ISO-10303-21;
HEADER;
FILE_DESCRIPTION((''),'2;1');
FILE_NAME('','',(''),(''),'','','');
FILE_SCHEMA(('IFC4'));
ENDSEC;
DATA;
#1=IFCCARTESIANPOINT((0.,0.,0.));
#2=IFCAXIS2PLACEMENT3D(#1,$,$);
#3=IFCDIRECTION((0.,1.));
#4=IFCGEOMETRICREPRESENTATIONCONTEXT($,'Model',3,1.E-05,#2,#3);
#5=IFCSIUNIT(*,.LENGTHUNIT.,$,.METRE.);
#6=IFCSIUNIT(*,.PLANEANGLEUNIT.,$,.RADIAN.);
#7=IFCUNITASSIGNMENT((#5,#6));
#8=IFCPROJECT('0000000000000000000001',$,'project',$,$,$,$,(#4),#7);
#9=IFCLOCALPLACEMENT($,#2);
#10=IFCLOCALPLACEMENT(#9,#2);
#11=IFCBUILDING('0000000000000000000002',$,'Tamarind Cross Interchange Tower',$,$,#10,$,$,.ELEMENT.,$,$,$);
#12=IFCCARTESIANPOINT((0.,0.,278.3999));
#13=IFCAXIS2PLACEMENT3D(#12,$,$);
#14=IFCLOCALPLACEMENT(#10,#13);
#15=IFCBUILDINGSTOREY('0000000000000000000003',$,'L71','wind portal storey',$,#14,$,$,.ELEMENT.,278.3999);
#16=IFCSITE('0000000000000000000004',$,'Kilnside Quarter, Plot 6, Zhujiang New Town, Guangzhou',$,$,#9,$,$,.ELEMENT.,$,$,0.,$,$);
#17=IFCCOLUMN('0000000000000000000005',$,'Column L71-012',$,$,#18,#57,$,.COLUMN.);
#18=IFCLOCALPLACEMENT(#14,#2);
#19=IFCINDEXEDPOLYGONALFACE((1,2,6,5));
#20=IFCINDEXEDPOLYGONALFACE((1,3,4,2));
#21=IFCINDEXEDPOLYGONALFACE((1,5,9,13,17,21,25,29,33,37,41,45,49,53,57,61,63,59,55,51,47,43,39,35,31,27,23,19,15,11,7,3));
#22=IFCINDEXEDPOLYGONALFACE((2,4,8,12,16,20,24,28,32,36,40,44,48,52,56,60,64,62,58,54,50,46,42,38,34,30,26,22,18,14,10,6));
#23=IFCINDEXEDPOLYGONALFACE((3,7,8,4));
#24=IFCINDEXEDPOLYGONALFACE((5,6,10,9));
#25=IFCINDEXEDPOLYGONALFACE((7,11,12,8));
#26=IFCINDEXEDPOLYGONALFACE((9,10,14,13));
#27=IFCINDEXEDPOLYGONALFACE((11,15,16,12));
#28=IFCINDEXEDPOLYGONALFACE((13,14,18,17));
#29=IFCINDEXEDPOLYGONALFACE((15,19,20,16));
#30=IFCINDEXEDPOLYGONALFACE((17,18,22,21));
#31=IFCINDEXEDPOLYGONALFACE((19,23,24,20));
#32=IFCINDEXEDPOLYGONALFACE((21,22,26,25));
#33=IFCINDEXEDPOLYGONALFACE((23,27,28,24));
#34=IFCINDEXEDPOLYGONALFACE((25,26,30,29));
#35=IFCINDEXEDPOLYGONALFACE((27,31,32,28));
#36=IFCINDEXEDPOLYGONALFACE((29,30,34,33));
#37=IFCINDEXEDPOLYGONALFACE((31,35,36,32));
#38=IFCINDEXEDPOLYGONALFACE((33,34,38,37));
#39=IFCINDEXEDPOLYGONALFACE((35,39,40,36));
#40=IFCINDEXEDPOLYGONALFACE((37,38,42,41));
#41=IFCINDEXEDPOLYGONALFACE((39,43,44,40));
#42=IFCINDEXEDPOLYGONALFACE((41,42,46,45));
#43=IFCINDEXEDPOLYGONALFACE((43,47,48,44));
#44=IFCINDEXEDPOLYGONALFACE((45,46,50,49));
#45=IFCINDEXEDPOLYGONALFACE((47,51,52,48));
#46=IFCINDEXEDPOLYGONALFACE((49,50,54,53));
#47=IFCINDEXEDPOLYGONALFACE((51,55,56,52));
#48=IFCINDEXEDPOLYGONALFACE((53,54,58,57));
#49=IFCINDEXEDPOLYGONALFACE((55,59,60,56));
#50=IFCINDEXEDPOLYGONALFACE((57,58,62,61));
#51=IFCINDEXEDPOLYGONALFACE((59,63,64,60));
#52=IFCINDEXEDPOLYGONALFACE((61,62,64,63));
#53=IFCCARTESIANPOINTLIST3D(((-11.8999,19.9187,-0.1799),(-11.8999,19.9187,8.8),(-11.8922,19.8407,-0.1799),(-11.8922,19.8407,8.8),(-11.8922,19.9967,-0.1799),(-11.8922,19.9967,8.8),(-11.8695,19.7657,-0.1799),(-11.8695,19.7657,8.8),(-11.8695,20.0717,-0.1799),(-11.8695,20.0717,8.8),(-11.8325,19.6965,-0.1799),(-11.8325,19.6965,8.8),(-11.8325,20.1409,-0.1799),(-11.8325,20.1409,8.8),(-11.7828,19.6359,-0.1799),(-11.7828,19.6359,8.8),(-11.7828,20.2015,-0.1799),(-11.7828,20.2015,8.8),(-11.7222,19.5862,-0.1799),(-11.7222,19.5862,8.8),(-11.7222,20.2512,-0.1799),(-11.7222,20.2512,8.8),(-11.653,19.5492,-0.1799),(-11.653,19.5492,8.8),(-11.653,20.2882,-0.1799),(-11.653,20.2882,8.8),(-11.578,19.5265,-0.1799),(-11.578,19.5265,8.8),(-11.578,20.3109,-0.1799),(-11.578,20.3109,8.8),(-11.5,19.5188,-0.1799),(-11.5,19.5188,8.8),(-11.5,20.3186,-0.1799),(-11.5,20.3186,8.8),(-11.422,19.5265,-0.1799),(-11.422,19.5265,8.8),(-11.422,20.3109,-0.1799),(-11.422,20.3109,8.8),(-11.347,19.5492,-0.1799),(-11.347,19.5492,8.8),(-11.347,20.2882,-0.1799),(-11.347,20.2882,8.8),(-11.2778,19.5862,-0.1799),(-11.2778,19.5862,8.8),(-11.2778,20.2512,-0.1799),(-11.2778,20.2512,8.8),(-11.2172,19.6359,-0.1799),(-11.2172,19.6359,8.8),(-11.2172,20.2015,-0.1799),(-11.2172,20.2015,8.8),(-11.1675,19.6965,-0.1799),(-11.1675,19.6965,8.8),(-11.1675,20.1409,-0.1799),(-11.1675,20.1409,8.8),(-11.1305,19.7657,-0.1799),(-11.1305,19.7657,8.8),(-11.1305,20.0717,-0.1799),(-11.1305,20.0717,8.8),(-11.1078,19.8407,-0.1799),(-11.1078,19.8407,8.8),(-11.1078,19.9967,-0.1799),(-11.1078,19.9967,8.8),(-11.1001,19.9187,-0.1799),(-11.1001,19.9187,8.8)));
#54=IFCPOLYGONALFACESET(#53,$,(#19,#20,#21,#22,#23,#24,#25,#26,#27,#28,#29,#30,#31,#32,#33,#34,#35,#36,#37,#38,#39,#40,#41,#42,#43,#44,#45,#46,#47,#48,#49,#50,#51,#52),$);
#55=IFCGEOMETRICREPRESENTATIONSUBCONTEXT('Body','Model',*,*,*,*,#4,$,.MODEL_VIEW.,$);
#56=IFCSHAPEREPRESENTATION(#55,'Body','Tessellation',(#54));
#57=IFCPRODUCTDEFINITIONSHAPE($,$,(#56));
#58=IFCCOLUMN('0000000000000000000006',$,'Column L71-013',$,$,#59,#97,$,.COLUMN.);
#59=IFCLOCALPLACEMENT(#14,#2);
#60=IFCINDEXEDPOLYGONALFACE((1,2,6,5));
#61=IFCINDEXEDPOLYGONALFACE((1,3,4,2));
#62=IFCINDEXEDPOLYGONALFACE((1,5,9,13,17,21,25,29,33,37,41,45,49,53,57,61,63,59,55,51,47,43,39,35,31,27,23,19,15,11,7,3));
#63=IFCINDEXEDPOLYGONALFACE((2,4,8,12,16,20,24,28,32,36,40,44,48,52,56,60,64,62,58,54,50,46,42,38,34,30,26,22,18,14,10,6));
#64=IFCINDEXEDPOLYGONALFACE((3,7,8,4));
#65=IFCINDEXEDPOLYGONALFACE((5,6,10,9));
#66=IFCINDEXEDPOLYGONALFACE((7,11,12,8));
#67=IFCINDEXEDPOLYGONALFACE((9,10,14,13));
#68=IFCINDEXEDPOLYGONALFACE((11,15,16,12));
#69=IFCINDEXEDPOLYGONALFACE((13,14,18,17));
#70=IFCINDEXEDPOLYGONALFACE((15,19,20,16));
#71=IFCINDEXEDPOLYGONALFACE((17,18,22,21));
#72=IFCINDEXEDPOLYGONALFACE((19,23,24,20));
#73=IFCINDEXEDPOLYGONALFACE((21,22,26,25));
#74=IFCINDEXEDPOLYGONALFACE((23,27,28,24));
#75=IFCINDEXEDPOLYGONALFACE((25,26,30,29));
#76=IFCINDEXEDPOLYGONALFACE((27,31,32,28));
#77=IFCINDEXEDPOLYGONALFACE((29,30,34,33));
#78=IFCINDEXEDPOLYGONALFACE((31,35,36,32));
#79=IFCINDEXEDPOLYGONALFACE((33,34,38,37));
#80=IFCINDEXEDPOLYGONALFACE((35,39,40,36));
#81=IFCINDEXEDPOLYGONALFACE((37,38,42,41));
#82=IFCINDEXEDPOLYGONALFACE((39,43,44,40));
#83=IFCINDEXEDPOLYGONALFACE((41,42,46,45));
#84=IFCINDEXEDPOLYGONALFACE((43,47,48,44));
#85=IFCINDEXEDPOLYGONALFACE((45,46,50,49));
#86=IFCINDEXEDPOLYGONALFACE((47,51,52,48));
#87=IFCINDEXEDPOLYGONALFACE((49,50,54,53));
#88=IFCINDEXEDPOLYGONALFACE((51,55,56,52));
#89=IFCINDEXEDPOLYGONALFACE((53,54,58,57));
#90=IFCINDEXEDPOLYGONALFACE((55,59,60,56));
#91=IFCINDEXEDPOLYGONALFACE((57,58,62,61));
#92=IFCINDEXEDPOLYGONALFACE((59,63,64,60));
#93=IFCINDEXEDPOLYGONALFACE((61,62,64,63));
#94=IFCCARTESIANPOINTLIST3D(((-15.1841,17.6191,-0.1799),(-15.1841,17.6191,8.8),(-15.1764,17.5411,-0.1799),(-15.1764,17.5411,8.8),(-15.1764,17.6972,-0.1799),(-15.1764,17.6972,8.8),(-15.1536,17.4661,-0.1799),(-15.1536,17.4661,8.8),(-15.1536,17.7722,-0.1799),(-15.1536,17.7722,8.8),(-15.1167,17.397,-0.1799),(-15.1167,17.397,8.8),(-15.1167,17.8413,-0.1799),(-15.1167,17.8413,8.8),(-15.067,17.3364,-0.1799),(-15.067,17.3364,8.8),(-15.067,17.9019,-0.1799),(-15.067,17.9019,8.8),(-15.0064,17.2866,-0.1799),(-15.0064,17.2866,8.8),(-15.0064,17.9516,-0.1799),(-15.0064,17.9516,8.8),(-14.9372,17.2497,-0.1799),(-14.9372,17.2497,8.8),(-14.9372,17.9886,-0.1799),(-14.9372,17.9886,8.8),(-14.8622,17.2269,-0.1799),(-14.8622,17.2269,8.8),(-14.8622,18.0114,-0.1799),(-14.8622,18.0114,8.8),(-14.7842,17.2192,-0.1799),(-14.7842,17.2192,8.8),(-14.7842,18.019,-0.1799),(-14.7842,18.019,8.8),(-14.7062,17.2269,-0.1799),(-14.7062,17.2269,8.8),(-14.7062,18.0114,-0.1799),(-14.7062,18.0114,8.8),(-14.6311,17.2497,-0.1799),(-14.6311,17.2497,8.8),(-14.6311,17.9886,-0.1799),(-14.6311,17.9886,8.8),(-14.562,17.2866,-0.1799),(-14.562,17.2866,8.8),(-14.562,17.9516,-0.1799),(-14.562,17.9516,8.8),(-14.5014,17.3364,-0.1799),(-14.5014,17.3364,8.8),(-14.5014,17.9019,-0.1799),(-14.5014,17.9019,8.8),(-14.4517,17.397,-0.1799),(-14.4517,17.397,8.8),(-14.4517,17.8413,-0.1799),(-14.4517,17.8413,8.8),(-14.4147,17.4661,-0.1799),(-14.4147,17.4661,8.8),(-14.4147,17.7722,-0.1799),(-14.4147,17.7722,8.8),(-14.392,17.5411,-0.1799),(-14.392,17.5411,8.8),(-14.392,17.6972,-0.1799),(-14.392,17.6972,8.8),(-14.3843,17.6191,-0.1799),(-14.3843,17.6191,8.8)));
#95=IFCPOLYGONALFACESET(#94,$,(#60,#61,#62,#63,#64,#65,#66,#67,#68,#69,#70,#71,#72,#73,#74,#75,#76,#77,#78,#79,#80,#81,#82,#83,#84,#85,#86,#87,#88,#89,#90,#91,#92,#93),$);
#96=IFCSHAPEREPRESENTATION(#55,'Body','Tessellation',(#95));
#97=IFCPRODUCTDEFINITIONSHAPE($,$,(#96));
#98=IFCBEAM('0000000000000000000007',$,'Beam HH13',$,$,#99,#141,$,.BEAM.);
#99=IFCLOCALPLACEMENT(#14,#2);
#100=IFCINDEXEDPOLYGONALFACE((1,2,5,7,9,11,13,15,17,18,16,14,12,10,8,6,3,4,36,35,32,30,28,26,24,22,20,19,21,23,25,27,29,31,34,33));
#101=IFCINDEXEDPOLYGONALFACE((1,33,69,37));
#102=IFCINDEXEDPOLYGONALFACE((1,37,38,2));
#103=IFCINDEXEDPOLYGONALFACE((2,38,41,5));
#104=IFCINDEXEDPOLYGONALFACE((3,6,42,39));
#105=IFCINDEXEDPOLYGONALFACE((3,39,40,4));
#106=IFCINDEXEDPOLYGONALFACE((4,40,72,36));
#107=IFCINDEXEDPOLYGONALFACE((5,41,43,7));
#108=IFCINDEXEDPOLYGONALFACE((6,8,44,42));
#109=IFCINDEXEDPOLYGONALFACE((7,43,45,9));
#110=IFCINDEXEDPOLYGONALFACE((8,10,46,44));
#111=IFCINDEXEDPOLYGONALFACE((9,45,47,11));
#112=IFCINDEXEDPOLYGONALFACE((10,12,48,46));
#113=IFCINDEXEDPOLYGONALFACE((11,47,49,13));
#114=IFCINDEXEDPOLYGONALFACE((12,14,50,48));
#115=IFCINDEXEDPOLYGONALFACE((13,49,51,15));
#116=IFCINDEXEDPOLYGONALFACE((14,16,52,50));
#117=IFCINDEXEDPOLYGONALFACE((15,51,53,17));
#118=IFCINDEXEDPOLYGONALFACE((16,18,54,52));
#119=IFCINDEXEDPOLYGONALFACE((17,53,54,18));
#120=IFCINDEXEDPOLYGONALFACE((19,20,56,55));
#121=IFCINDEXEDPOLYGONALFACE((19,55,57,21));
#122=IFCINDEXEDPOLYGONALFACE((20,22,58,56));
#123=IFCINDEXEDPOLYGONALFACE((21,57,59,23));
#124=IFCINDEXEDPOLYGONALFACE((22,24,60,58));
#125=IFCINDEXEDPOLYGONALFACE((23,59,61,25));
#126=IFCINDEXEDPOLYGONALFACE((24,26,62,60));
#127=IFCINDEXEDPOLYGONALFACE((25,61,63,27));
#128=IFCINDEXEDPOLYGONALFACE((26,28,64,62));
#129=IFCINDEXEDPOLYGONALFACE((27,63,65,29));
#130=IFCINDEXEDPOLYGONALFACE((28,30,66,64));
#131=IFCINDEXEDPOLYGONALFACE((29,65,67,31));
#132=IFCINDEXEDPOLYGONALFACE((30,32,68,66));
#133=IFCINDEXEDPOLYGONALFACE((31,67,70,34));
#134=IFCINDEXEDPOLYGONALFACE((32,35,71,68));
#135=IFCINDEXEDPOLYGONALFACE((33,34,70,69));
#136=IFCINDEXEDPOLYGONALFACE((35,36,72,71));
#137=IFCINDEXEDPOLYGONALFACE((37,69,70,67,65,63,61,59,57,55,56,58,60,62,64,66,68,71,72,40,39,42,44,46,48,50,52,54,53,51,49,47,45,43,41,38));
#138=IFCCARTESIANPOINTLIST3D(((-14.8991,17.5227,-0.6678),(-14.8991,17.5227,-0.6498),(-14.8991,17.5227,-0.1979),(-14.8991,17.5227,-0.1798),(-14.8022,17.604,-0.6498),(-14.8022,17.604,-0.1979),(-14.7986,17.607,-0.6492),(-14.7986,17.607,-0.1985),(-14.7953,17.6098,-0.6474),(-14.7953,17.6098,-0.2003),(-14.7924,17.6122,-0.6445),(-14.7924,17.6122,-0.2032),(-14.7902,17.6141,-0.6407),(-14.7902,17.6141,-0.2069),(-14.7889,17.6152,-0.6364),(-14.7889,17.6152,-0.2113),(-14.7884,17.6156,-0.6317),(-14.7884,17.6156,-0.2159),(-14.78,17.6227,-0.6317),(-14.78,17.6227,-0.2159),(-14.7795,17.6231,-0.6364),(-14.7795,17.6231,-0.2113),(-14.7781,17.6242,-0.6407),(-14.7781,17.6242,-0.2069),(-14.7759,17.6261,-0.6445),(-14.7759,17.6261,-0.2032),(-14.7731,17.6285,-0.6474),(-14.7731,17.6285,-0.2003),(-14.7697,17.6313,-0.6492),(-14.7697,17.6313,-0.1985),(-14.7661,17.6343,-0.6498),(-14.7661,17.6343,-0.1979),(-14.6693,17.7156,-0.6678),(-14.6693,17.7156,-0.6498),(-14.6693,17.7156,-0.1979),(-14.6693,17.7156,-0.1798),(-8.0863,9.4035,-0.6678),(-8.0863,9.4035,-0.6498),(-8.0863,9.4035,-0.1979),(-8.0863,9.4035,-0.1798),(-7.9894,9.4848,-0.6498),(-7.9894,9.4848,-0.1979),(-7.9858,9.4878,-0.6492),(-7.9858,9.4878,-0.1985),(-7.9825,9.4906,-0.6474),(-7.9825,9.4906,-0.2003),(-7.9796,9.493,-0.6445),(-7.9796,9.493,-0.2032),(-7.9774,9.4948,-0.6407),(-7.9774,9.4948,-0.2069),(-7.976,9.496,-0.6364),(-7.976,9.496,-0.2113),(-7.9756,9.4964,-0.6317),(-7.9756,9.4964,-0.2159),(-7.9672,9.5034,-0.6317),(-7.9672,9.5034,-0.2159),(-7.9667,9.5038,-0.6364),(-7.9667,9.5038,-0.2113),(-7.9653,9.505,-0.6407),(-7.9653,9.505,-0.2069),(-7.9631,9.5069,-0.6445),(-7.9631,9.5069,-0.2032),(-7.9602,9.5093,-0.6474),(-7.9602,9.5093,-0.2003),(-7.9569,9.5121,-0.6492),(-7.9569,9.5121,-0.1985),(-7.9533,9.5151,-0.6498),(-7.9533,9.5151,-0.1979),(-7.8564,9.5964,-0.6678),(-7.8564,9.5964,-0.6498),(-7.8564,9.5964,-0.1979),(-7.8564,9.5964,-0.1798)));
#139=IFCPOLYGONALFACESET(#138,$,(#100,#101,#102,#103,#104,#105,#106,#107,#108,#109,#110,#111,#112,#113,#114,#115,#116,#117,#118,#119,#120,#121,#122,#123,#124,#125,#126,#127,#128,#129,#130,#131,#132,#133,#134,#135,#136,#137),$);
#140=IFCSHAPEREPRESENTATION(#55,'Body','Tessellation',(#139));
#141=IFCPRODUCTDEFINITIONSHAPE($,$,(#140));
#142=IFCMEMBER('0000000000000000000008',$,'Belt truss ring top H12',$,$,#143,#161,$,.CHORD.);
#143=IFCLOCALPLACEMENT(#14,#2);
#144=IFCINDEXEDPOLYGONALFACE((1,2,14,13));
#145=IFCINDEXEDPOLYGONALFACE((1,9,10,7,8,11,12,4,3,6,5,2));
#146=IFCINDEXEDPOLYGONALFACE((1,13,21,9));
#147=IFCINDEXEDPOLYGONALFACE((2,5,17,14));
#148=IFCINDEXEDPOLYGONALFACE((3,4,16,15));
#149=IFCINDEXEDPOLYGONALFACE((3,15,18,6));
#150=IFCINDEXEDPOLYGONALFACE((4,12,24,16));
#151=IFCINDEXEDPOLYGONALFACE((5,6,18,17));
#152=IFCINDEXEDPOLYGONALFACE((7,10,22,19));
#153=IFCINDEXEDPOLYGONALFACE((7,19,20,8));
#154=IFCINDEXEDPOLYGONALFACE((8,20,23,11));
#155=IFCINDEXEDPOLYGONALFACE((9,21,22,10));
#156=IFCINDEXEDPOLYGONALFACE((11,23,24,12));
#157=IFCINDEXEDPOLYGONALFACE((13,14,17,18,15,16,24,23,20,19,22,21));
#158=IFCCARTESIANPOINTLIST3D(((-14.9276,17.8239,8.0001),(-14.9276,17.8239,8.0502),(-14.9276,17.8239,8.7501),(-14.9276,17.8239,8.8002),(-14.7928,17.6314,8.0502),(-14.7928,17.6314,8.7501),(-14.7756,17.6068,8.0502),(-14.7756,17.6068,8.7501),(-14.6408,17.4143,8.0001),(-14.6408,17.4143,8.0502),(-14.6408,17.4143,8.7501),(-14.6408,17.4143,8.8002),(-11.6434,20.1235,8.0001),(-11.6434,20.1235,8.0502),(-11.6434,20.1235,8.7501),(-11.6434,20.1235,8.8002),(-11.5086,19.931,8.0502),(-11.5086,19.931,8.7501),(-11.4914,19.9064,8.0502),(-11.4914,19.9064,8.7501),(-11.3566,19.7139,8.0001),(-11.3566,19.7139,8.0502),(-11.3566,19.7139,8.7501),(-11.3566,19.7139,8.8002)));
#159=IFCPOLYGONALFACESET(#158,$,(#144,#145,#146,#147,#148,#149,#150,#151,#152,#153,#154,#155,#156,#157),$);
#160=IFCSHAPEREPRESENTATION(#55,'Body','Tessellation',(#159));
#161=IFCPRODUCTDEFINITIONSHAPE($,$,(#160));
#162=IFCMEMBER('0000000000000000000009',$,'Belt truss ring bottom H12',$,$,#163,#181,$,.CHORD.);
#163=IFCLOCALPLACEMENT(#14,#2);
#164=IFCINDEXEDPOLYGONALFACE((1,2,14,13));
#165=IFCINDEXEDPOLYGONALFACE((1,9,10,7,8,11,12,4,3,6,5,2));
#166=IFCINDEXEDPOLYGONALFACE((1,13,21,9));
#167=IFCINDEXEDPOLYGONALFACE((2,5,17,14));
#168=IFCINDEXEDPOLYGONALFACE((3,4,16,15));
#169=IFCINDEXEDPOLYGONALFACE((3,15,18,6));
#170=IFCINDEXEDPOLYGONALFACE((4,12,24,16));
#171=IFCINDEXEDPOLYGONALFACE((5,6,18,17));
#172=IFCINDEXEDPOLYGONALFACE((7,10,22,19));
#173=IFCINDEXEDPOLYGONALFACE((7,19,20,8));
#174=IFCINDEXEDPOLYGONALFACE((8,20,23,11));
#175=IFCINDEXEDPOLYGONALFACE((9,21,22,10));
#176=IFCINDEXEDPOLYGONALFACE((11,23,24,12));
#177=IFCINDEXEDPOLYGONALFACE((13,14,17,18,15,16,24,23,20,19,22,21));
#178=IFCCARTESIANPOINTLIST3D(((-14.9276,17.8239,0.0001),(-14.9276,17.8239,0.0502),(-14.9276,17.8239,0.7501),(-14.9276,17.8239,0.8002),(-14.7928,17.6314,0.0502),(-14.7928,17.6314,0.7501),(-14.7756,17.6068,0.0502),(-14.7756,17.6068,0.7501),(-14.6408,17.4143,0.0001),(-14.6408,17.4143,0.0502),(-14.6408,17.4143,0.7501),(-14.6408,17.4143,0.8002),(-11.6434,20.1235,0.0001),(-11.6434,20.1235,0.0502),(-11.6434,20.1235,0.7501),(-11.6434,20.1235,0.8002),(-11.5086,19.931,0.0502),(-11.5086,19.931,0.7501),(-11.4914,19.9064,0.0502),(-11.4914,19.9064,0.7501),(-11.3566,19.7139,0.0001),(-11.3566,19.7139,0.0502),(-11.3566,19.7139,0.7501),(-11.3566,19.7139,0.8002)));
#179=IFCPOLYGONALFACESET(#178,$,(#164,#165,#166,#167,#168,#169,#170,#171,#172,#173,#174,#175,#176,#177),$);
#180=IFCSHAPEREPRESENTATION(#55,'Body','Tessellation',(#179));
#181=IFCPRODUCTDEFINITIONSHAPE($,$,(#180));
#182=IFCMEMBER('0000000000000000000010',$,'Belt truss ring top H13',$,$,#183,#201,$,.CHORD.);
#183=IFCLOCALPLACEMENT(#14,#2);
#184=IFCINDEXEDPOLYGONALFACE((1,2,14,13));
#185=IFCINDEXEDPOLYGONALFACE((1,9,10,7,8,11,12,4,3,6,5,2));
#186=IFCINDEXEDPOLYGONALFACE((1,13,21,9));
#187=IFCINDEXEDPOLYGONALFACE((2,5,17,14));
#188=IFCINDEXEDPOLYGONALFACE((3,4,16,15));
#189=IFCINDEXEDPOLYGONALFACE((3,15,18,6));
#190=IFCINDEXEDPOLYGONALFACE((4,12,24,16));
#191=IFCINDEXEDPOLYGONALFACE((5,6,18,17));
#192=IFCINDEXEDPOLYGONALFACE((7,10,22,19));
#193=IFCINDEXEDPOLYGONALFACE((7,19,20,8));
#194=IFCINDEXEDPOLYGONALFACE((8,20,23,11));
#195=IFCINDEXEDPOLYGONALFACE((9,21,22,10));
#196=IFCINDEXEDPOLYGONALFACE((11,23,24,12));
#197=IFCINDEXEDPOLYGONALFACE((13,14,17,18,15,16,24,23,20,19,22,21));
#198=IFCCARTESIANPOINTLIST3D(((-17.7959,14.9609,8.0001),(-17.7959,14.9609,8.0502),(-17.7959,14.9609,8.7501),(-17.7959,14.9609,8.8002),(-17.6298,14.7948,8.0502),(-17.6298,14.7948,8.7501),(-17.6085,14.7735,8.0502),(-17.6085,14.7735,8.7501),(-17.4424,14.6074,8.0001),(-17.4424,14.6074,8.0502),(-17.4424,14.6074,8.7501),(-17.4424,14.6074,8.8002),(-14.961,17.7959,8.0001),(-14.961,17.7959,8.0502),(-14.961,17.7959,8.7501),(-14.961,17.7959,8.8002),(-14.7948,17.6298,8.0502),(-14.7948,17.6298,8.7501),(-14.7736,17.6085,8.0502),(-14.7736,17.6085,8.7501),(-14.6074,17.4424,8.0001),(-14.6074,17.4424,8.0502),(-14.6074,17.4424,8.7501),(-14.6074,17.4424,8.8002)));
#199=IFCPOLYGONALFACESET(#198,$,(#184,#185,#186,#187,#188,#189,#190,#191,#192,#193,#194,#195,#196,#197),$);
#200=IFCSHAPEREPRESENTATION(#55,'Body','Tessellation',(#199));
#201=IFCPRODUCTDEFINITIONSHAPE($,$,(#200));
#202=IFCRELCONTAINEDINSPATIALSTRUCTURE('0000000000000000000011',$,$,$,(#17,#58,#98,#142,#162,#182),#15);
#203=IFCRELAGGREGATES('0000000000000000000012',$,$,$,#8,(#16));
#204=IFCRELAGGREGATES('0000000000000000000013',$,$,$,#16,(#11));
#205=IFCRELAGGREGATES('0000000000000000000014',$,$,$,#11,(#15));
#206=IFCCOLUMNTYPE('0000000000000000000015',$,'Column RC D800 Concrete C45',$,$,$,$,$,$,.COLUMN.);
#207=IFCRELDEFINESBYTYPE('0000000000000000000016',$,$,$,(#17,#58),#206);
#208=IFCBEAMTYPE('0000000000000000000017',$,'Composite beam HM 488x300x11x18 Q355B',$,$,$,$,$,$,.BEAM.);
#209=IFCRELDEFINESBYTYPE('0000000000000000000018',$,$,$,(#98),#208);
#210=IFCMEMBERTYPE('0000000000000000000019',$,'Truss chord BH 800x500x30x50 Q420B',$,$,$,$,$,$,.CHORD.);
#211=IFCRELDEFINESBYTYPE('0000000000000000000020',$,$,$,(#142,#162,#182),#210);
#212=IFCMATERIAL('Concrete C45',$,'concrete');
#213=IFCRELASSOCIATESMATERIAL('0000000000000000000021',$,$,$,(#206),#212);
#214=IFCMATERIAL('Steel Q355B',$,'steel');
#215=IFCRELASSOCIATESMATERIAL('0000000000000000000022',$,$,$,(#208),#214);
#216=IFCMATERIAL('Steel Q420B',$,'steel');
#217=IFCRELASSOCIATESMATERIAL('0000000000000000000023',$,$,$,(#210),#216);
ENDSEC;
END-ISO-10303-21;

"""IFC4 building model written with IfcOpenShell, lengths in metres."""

from ifc_helpers import new_model, si_unit, direction, frame, origin, origin_2d, place, context, subcontext, project, spatial, circle, i_section, extrude, material, material_profile, profile_set, type_object, element, save


model = new_model("IFC4")

# Units and contexts
model_context = context("Model", 3, precision=1e-05, world=origin(), true_north=direction((0.0, 1.0)))
body_context = subcontext(model_context, "Body", "Model", "MODEL_VIEW")
ifc_project = project(units=[si_unit("LENGTHUNIT", "METRE"), si_unit("PLANEANGLEUNIT", "RADIAN")], contexts=[model_context])

# Site, building, storey
site_placement = place(None, origin())
site = spatial("IfcSite", under=ifc_project, at=site_placement, Name="Kilnside Quarter, Plot 6, Zhujiang New Town, Guangzhou", CompositionType="ELEMENT", RefElevation=0.0)
building_placement = place(site_placement, origin())
building = spatial("IfcBuilding", under=site, at=building_placement, Name="Tamarind Cross Interchange Tower", CompositionType="ELEMENT")
storey_placement = place(building_placement, frame((0.0, 0.0, 278.3999)))
storey = spatial("IfcBuildingStorey", under=building, at=storey_placement, Name="L71", Description="wind portal storey", CompositionType="ELEMENT", Elevation=278.3999)

# Columns
ifc_material_1 = material(Name="Concrete C45", Category="concrete")
ifc_material_profile_1 = material_profile(ifc_material_1, circle(Radius=0.3999, at=origin_2d()), Name="RC D800")
ifc_profile_set_1 = profile_set([ifc_material_profile_1], Name="Concrete C45")
column_type = type_object("IfcColumnType", Name="Column RC D800 Concrete C45", PredefinedType="COLUMN", material=ifc_profile_set_1)
for number, where, z_axis, x_axis, name in (
    (1, (-11.5, 19.9187, -0.1799), (0.0, 0.0, 1.0), (1.0, 0.0, 0.0), "Column L71-012"),
    (2, (-14.7842, 17.6191, -0.1799), (0.0, 0.0, 1.0), (1.0, 0.0, 0.0), "Column L71-013"),
):
    element("IfcColumn", number, at=place(storey_placement, frame(where, z_axis=z_axis, x_axis=x_axis)), inside=storey, type_object=column_type, Name=name, PredefinedType="COLUMN", context=body_context, shape_type="SweptSolid", body=[
        extrude(circle(Radius=0.3999, at=origin_2d()), origin(), (0.0, 0.0, 1.0), 8.98),
    ])

# Beam
ifc_material_2 = material(Name="Steel Q355B", Category="steel")
ifc_material_profile_2 = material_profile(ifc_material_2, i_section(OverallWidth=0.3, OverallDepth=0.488, WebThickness=0.011, FlangeThickness=0.0181, FilletRadius=0.0181, at=origin_2d()), Name="HM 488x300x11x18")
ifc_profile_set_2 = profile_set([ifc_material_profile_2], Name="Steel Q355B")
beam_type = type_object("IfcBeamType", Name="Composite beam HM 488x300x11x18 Q355B", PredefinedType="BEAM", material=ifc_profile_set_2)
beam_placement = place(storey_placement, frame((-14.7842, 17.6191, -0.4238), z_axis=(0.642786, -0.766046, 0.0), x_axis=(0.766046, 0.642786, 0.0)))
element("IfcBeam", 3, at=beam_placement, inside=storey, type_object=beam_type, Name="Beam HH13", PredefinedType="BEAM", context=body_context, shape_type="SweptSolid", body=[
    extrude(i_section(OverallWidth=0.3, OverallDepth=0.488, WebThickness=0.011, FlangeThickness=0.0181, FilletRadius=0.0181, at=origin_2d()), origin(), (0.0, 0.0, 1.0), 10.5989),
])

# Members
ifc_material_3 = material(Name="Steel Q420B", Category="steel")
ifc_material_profile_3 = material_profile(ifc_material_3, i_section(OverallWidth=0.5, OverallDepth=0.8, WebThickness=0.03, FlangeThickness=0.05, at=origin_2d()), Name="BH 800x500x30x50")
ifc_profile_set_3 = profile_set([ifc_material_profile_3], Name="Steel Q420B")
member_type_1 = type_object("IfcMemberType", Name="Truss chord BH 800x500x30x50 Q420B", PredefinedType="CHORD", material=ifc_profile_set_3)
for number, where, z_axis, x_axis, name in (
    (4, (-11.5, 19.9187, 8.4001), (-0.819158, -0.573569, 0.0), (0.573569, -0.819158, 0.0), "Belt truss ring top H12"),
    (5, (-11.5, 19.9187, 0.4001), (-0.819158, -0.573569, 0.0), (0.573569, -0.819158, 0.0), "Belt truss ring bottom H12"),
    (6, (-14.7842, 17.6191, 8.4001), (-0.707107, -0.707107, 0.0), (0.707107, -0.707107, 0.0), "Belt truss ring top H13"),
):
    element("IfcMember", number, at=place(storey_placement, frame(where, z_axis=z_axis, x_axis=x_axis)), inside=storey, type_object=member_type_1, Name=name, PredefinedType="CHORD", context=body_context, shape_type="SweptSolid", body=[
        extrude(i_section(OverallWidth=0.5, OverallDepth=0.8, WebThickness=0.03, FlangeThickness=0.05, at=origin_2d()), origin(), (0.0, 0.0, 1.0), 4.0093),
    ])

save(model, "model.ifc")
